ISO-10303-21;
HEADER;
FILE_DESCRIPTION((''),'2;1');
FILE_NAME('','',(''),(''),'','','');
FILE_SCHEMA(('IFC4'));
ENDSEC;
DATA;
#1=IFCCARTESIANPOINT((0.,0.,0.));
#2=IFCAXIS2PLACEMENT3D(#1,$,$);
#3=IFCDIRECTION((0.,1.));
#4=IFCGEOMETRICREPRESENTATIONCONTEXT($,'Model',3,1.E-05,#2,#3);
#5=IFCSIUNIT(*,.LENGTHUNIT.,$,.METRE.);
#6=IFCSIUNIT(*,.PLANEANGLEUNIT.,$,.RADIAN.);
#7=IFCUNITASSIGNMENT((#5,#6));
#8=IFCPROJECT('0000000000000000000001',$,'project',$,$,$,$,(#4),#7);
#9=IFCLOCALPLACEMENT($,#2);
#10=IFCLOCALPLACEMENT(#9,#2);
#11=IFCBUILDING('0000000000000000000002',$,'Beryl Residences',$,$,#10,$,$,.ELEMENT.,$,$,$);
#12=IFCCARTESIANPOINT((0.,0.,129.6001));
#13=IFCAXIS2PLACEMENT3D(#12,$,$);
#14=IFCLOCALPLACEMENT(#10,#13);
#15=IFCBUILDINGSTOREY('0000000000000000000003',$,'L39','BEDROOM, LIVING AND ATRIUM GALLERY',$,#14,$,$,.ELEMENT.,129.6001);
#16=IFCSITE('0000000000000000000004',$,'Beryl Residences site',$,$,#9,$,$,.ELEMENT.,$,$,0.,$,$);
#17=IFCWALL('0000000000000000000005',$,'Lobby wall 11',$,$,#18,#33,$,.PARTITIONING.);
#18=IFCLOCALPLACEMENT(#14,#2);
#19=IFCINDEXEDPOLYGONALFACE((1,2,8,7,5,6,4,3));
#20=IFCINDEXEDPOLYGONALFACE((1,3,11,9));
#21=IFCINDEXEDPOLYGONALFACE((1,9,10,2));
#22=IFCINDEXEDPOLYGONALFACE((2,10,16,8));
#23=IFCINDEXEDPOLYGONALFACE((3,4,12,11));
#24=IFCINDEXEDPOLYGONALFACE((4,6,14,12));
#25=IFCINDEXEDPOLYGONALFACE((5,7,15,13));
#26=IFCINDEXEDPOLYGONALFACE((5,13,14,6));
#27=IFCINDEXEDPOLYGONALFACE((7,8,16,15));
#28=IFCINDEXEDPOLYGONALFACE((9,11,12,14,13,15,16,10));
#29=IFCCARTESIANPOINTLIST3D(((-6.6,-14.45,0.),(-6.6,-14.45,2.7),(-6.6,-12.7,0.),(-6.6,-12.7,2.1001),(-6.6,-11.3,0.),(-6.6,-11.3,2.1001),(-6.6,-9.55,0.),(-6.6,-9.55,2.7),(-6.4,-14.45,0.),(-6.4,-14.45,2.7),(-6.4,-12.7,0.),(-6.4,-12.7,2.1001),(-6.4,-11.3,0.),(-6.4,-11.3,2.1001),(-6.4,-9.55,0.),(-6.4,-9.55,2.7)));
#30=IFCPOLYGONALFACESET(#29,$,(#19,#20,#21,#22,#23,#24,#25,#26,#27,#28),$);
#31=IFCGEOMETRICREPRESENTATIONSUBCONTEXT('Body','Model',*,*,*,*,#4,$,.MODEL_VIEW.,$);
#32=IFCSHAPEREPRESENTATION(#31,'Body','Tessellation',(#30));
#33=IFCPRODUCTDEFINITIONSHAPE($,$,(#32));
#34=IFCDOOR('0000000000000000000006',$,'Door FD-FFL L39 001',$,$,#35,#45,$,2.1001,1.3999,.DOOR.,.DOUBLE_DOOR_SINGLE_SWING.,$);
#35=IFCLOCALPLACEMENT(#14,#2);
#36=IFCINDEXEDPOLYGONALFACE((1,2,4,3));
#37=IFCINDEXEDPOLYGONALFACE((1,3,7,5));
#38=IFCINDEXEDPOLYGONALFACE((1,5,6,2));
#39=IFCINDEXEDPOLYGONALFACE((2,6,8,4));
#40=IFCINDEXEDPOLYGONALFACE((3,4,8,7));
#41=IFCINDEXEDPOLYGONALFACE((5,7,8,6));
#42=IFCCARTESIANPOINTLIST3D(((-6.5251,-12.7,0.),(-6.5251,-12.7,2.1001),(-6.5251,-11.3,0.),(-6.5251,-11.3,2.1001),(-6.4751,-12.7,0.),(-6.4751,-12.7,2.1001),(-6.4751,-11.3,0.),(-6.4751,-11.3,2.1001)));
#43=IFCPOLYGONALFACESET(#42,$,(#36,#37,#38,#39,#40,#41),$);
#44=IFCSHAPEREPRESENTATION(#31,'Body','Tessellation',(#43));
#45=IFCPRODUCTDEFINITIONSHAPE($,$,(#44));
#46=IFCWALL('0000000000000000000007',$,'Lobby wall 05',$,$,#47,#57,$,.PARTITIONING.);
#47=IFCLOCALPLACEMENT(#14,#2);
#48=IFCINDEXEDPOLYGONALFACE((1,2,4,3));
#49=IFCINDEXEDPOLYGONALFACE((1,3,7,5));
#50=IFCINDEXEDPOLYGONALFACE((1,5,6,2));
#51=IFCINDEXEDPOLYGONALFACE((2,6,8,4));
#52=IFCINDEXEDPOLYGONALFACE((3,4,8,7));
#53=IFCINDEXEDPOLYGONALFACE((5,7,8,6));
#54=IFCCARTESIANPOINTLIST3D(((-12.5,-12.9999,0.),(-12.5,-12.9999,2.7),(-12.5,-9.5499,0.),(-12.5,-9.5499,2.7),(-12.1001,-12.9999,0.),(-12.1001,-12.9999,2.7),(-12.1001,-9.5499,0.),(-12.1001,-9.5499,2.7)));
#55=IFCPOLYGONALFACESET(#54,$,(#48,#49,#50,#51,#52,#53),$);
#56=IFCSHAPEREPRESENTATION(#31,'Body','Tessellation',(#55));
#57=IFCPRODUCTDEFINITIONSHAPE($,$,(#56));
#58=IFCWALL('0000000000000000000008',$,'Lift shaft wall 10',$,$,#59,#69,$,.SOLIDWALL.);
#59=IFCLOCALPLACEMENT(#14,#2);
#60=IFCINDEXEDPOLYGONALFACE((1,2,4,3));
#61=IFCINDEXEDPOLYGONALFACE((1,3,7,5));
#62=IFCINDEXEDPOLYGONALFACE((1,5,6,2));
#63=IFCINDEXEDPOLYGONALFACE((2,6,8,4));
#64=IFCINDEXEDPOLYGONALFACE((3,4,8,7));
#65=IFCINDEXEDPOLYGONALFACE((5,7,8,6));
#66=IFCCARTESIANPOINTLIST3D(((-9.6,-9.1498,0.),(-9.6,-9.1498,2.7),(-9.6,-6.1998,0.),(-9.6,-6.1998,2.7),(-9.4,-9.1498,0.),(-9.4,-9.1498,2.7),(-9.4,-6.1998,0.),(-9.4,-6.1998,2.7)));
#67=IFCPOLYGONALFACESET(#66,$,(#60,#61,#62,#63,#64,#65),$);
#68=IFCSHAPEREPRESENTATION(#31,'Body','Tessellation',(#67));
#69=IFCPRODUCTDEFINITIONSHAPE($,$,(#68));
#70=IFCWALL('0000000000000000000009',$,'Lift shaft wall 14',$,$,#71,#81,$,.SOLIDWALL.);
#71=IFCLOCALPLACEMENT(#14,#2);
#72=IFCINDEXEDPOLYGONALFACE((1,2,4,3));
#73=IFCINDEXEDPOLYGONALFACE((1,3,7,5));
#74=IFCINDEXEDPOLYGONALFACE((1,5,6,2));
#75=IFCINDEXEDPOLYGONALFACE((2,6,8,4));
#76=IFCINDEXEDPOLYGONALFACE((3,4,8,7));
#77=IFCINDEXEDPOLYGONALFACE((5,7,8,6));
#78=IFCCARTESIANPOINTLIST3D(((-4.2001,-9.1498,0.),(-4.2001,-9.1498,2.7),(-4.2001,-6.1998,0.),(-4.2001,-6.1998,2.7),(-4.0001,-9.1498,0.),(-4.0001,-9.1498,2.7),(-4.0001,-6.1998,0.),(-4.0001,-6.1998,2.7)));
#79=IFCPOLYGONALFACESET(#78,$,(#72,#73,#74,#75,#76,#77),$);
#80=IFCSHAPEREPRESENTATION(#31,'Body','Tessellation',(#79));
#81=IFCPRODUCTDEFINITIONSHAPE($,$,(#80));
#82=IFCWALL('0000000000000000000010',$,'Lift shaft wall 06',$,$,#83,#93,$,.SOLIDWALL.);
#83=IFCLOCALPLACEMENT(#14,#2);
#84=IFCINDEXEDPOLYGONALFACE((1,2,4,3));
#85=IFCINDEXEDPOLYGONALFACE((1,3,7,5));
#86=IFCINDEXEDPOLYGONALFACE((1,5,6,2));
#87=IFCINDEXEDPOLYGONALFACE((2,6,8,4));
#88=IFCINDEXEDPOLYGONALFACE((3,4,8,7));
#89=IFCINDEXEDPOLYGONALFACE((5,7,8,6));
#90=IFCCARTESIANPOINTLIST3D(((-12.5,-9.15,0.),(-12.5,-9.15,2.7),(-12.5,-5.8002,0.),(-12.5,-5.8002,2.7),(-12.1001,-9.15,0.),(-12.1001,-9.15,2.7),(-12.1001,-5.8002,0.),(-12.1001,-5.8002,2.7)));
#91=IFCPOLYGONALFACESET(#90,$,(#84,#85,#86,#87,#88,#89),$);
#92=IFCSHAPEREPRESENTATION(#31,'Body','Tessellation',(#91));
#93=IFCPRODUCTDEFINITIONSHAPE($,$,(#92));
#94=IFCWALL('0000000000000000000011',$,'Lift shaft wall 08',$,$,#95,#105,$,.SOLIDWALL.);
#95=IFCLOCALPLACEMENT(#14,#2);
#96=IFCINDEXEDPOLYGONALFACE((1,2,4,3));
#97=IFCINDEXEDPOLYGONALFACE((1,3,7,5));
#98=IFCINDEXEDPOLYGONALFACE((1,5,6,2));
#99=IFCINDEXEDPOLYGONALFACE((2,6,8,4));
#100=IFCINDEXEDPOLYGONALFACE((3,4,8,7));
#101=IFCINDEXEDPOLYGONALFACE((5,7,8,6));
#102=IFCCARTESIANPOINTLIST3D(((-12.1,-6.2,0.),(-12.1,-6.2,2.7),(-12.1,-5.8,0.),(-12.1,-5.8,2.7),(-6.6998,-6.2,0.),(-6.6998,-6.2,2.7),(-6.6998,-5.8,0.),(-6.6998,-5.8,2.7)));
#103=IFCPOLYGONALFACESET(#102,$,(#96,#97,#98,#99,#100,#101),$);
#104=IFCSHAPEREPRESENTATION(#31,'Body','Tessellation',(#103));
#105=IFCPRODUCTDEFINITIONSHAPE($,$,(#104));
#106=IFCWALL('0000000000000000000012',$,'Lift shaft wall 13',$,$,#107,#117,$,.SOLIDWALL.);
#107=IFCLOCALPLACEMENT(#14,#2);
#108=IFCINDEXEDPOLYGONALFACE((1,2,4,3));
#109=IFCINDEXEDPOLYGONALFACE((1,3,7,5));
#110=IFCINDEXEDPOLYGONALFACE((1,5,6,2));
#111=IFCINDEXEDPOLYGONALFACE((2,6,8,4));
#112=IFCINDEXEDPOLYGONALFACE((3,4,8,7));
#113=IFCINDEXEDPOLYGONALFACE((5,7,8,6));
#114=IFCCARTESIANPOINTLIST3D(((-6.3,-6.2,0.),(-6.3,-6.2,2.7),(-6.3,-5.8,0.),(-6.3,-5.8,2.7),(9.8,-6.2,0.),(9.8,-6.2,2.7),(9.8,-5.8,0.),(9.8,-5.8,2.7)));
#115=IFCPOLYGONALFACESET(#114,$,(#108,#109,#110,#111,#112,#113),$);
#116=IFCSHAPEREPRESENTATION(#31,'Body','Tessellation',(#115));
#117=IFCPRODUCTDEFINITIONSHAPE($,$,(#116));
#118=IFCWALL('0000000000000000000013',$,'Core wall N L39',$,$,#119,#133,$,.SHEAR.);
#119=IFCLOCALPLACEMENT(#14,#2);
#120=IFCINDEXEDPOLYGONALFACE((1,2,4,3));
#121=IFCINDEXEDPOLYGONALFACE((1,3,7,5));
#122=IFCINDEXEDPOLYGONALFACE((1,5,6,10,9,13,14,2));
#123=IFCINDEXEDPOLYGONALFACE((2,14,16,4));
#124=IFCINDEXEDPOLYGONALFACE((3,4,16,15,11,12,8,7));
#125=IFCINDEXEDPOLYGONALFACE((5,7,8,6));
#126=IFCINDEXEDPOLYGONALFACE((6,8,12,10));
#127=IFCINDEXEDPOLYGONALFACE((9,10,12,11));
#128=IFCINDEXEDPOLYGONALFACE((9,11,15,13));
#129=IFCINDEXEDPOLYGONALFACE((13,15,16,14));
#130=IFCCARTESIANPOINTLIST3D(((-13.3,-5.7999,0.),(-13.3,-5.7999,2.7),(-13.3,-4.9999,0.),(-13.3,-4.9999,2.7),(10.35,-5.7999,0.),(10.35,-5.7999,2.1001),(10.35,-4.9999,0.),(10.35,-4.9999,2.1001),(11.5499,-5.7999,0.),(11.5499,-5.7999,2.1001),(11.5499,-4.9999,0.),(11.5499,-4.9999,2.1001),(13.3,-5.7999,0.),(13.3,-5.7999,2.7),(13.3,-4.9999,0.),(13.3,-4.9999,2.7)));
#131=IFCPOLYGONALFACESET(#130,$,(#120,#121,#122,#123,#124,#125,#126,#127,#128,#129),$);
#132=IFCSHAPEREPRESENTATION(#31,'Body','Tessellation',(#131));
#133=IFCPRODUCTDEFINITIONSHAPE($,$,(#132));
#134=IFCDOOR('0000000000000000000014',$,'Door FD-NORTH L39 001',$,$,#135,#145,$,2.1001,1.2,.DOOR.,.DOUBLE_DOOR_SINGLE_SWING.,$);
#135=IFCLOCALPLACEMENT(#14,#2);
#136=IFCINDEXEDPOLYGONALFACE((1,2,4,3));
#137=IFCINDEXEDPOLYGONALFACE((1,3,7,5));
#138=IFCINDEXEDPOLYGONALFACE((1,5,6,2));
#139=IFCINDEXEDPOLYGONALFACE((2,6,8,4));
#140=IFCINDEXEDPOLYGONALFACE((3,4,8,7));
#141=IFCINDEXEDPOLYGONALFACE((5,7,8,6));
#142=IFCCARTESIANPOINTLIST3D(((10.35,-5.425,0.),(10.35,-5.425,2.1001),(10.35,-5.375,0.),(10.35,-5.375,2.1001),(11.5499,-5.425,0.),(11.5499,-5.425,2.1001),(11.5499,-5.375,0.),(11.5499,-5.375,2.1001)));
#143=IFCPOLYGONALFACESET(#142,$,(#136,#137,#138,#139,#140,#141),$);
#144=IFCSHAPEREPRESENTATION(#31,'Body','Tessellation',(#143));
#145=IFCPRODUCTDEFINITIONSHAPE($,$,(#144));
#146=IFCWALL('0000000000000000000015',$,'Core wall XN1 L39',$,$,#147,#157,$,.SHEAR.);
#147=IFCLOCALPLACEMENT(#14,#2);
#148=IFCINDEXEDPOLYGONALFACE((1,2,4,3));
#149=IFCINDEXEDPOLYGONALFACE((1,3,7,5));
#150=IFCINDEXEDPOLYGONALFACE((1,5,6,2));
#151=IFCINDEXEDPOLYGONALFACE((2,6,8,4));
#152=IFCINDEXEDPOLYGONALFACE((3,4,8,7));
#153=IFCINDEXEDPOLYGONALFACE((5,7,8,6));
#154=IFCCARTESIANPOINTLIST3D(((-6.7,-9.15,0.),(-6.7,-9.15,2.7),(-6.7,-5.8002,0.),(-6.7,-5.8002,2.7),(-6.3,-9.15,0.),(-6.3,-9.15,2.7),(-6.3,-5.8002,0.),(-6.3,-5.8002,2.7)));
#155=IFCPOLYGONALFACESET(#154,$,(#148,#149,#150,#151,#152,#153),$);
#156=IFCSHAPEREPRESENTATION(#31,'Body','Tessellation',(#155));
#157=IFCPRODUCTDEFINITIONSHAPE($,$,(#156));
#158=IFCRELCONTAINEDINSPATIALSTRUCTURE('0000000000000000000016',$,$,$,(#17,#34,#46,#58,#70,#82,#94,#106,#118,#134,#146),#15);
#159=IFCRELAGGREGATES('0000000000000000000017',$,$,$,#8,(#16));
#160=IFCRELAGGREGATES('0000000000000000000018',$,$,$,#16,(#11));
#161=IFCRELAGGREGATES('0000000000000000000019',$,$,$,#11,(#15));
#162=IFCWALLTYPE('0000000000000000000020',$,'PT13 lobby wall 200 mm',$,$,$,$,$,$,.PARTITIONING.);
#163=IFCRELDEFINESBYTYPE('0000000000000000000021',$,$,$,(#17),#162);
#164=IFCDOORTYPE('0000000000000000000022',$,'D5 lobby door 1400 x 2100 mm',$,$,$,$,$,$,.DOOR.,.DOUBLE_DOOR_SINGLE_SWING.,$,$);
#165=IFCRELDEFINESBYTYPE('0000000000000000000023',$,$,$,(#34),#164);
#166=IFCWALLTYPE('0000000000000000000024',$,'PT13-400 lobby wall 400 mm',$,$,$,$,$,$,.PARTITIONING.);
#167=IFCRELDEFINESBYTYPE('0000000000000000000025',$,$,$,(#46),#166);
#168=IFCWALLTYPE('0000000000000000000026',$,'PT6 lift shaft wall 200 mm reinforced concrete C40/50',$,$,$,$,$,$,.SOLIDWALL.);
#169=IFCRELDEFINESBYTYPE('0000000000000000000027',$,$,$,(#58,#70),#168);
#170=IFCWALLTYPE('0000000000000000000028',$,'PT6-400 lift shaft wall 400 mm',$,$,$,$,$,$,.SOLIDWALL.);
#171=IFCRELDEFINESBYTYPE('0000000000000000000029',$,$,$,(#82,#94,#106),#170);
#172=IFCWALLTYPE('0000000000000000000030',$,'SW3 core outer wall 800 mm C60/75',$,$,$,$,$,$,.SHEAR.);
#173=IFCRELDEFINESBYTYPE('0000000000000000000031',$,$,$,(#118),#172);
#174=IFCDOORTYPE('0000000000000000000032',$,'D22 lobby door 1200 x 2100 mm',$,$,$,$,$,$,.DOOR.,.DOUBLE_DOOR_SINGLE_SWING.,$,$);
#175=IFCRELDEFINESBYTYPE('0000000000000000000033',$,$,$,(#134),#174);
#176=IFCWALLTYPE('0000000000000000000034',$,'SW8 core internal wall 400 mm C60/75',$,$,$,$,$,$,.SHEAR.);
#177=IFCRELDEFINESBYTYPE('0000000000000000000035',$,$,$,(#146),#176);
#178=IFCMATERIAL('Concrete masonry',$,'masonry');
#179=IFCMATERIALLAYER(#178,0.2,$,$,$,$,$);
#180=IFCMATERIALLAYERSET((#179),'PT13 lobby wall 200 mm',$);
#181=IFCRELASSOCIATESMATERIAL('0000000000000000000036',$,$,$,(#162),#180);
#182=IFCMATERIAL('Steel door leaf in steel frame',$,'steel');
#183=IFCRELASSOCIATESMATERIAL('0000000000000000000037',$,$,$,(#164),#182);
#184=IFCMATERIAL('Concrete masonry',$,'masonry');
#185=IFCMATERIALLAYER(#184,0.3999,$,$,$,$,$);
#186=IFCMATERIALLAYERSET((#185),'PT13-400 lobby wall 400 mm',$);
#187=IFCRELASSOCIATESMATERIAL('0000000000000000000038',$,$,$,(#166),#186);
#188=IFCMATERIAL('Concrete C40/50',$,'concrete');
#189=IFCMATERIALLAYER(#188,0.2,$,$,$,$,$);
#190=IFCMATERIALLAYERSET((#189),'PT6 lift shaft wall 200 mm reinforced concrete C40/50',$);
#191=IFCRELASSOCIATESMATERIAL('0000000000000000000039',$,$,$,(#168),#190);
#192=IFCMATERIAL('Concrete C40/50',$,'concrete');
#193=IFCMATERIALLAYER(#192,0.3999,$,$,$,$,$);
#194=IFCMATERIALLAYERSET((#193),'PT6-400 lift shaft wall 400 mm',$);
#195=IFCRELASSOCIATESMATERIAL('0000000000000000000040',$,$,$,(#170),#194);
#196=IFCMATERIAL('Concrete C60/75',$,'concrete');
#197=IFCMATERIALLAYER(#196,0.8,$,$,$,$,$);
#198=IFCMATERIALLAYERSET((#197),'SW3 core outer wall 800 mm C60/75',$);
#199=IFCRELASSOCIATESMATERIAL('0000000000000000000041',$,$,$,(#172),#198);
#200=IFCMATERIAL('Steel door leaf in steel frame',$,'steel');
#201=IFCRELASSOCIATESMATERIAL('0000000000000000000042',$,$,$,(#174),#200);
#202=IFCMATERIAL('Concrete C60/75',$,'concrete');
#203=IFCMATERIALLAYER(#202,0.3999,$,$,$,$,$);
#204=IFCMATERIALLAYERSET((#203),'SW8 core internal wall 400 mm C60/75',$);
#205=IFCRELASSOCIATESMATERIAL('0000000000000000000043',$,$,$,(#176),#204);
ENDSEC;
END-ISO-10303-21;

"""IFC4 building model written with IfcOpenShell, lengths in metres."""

from ifc_helpers import new_model, si_unit, direction, frame, frame_2d, origin, place, context, subcontext, project, spatial, rectangle, extrude, material, layer, layer_set, type_object, element, fill, save


model = new_model("IFC4")

# Units and contexts
model_context = context("Model", 3, precision=1e-05, world=origin(), true_north=direction((0.0, 1.0)))
body_context = subcontext(model_context, "Body", "Model", "MODEL_VIEW")
ifc_project = project(units=[si_unit("LENGTHUNIT", "METRE"), si_unit("PLANEANGLEUNIT", "RADIAN")], contexts=[model_context])

# Site, building, storey
site_placement = place(None, origin())
site = spatial("IfcSite", under=ifc_project, at=site_placement, Name="Beryl Residences site", CompositionType="ELEMENT", RefElevation=0.0)
building_placement = place(site_placement, origin())
building = spatial("IfcBuilding", under=site, at=building_placement, Name="Beryl Residences", CompositionType="ELEMENT")
storey_placement = place(building_placement, frame((0.0, 0.0, 129.6001)))
storey = spatial("IfcBuildingStorey", under=building, at=storey_placement, Name="L39", Description="BEDROOM, LIVING AND ATRIUM GALLERY", CompositionType="ELEMENT", Elevation=129.6001)

# Wall, opening, door
ifc_material_1 = material(Name="Concrete masonry", Category="masonry")
ifc_layer_1 = layer(ifc_material_1, 0.2)
ifc_layer_set_1 = layer_set([ifc_layer_1], Name="PT13 lobby wall 200 mm")
wall_type_1 = type_object("IfcWallType", Name="PT13 lobby wall 200 mm", PredefinedType="PARTITIONING", material=ifc_layer_set_1)
wall_1_placement = place(storey_placement, frame((-6.5, -14.45, 0.0), z_axis=(0.0, 0.0, 1.0), x_axis=(0.0, 1.0, 0.0)))
wall_1 = element("IfcWall", 1, at=wall_1_placement, inside=storey, type_object=wall_type_1, Name="Lobby wall 11", PredefinedType="PARTITIONING", context=body_context, shape_type="SweptSolid", body=[
    extrude(rectangle(XDim=4.8999, YDim=0.2, at=frame_2d((2.45, 0.0))), origin(), (0.0, 0.0, 1.0), 2.7),
])
opening_1_placement = place(wall_1_placement, frame((3.1499, 0.0, 0.0), z_axis=(0.0, 0.0, 1.0), x_axis=(-1.0, 0.0, 0.0)))
opening_1 = element("IfcOpeningElement", 2, at=opening_1_placement, cuts=wall_1, PredefinedType="OPENING", context=body_context, shape_type="SweptSolid", body=[
    extrude(rectangle(XDim=1.3999, YDim=2.1001, at=frame_2d((0.7, 1.05))), frame((0.0, 0.1099, 0.0), z_axis=(0.0, -1.0, 0.0), x_axis=(1.0, 0.0, 0.0)), (0.0, 0.0, 1.0), 0.22),
])
ifc_material_2 = material(Name="Steel door leaf in steel frame", Category="steel")
door_type_1 = type_object("IfcDoorType", Name="D5 lobby door 1400 x 2100 mm", OperationType="DOUBLE_DOOR_SINGLE_SWING", PredefinedType="DOOR", material=ifc_material_2)
door_1_placement = place(opening_1_placement, origin())
door_1 = element("IfcDoor", 3, at=door_1_placement, inside=storey, type_object=door_type_1, Name="Door FD-FFL L39 001", OperationType="DOUBLE_DOOR_SINGLE_SWING", OverallHeight=2.1001, OverallWidth=1.3999, PredefinedType="DOOR", context=body_context, shape_type="SweptSolid", body=[
    extrude(rectangle(XDim=1.3999, YDim=2.1001, at=frame_2d((0.7, 1.05))), frame((0.0, 0.0249, 0.0), z_axis=(0.0, -1.0, 0.0), x_axis=(1.0, 0.0, 0.0)), (0.0, 0.0, 1.0), 0.05),
])
fill(opening_1, door_1)

# Walls
ifc_material_3 = material(Name="Concrete masonry", Category="masonry")
ifc_layer_2 = layer(ifc_material_3, 0.3999)
ifc_layer_set_2 = layer_set([ifc_layer_2], Name="PT13-400 lobby wall 400 mm")
wall_type_2 = type_object("IfcWallType", Name="PT13-400 lobby wall 400 mm", PredefinedType="PARTITIONING", material=ifc_layer_set_2)
wall_2_placement = place(storey_placement, frame((-12.3, -13.0, 0.0), z_axis=(0.0, 0.0, 1.0), x_axis=(0.0, 1.0, 0.0)))
element("IfcWall", 4, at=wall_2_placement, inside=storey, type_object=wall_type_2, Name="Lobby wall 05", PredefinedType="PARTITIONING", context=body_context, shape_type="SweptSolid", body=[
    extrude(rectangle(XDim=3.45, YDim=0.3999, at=frame_2d((1.7251, 0.0))), origin(), (0.0, 0.0, 1.0), 2.7),
])
ifc_material_4 = material(Name="Concrete C40/50", Category="concrete")
ifc_layer_3 = layer(ifc_material_4, 0.2)
ifc_layer_set_3 = layer_set([ifc_layer_3], Name="PT6 lift shaft wall 200 mm reinforced concrete C40/50")
wall_type_3 = type_object("IfcWallType", Name="PT6 lift shaft wall 200 mm reinforced concrete C40/50", PredefinedType="SOLIDWALL", material=ifc_layer_set_3)
for number, where, z_axis, x_axis, name in (
    (5, (-9.5, -9.1499, 0.0), (0.0, 0.0, 1.0), (0.0, 1.0, 0.0), "Lift shaft wall 10"),
    (6, (-4.1001, -9.1499, 0.0), (0.0, 0.0, 1.0), (0.0, 1.0, 0.0), "Lift shaft wall 14"),
):
    element("IfcWall", number, at=place(storey_placement, frame(where, z_axis=z_axis, x_axis=x_axis)), inside=storey, type_object=wall_type_3, Name=name, PredefinedType="SOLIDWALL", context=body_context, shape_type="SweptSolid", body=[
        extrude(rectangle(XDim=2.95, YDim=0.2, at=frame_2d((1.4751, 0.0))), origin(), (0.0, 0.0, 1.0), 2.7),
    ])
ifc_material_5 = material(Name="Concrete C40/50", Category="concrete")
ifc_layer_4 = layer(ifc_material_5, 0.3999)
ifc_layer_set_4 = layer_set([ifc_layer_4], Name="PT6-400 lift shaft wall 400 mm")
wall_type_4 = type_object("IfcWallType", Name="PT6-400 lift shaft wall 400 mm", PredefinedType="SOLIDWALL", material=ifc_layer_set_4)
wall_3_placement = place(storey_placement, frame((-12.3, -9.1499, 0.0), z_axis=(0.0, 0.0, 1.0), x_axis=(0.0, 1.0, 0.0)))
element("IfcWall", 7, at=wall_3_placement, inside=storey, type_object=wall_type_4, Name="Lift shaft wall 06", PredefinedType="SOLIDWALL", context=body_context, shape_type="SweptSolid", body=[
    extrude(rectangle(XDim=3.3499, YDim=0.3999, at=frame_2d((1.6748, 0.0))), origin(), (0.0, 0.0, 1.0), 2.7),
])
wall_4_placement = place(storey_placement, frame((-12.1001, -6.0, 0.0), z_axis=(0.0, 0.0, 1.0), x_axis=(1.0, 0.0, 0.0)))
element("IfcWall", 8, at=wall_4_placement, inside=storey, type_object=wall_type_4, Name="Lift shaft wall 08", PredefinedType="SOLIDWALL", context=body_context, shape_type="SweptSolid", body=[
    extrude(rectangle(XDim=5.4001, YDim=0.3999, at=frame_2d((2.7002, 0.0))), origin(), (0.0, 0.0, 1.0), 2.7),
])
wall_5_placement = place(storey_placement, frame((-6.3, -6.0, 0.0), z_axis=(0.0, 0.0, 1.0), x_axis=(1.0, 0.0, 0.0)))
element("IfcWall", 9, at=wall_5_placement, inside=storey, type_object=wall_type_4, Name="Lift shaft wall 13", PredefinedType="SOLIDWALL", context=body_context, shape_type="SweptSolid", body=[
    extrude(rectangle(XDim=16.1001, YDim=0.3999, at=frame_2d((8.05, 0.0))), origin(), (0.0, 0.0, 1.0), 2.7),
])

# Wall, opening, door
ifc_material_6 = material(Name="Concrete C60/75", Category="concrete")
ifc_layer_5 = layer(ifc_material_6, 0.8)
ifc_layer_set_5 = layer_set([ifc_layer_5], Name="SW3 core outer wall 800 mm C60/75")
wall_type_5 = type_object("IfcWallType", Name="SW3 core outer wall 800 mm C60/75", PredefinedType="SHEAR", material=ifc_layer_set_5)
wall_6_placement = place(storey_placement, frame((-13.3, -5.3999, 0.0), z_axis=(0.0, 0.0, 1.0), x_axis=(1.0, 0.0, 0.0)))
wall_6 = element("IfcWall", 10, at=wall_6_placement, inside=storey, type_object=wall_type_5, Name="Core wall N L39", PredefinedType="SHEAR", context=body_context, shape_type="SweptSolid", body=[
    extrude(rectangle(XDim=26.6001, YDim=0.8, at=frame_2d((13.3, 0.0))), origin(), (0.0, 0.0, 1.0), 2.7),
])
opening_2_placement = place(wall_6_placement, frame((23.6499, 0.0, 0.0)))
opening_2 = element("IfcOpeningElement", 11, at=opening_2_placement, cuts=wall_6, PredefinedType="OPENING", context=body_context, shape_type="SweptSolid", body=[
    extrude(rectangle(XDim=1.2, YDim=2.1001, at=frame_2d((0.6001, 1.05))), frame((0.0, 0.4099, 0.0), z_axis=(0.0, -1.0, 0.0), x_axis=(1.0, 0.0, 0.0)), (0.0, 0.0, 1.0), 0.8201),
])
ifc_material_7 = material(Name="Steel door leaf in steel frame", Category="steel")
door_type_2 = type_object("IfcDoorType", Name="D22 lobby door 1200 x 2100 mm", OperationType="DOUBLE_DOOR_SINGLE_SWING", PredefinedType="DOOR", material=ifc_material_7)
door_2_placement = place(opening_2_placement, origin())
door_2 = element("IfcDoor", 12, at=door_2_placement, inside=storey, type_object=door_type_2, Name="Door FD-NORTH L39 001", OperationType="DOUBLE_DOOR_SINGLE_SWING", OverallHeight=2.1001, OverallWidth=1.2, PredefinedType="DOOR", context=body_context, shape_type="SweptSolid", body=[
    extrude(rectangle(XDim=1.2, YDim=2.1001, at=frame_2d((0.6001, 1.05))), frame((0.0, 0.0249, 0.0), z_axis=(0.0, -1.0, 0.0), x_axis=(1.0, 0.0, 0.0)), (0.0, 0.0, 1.0), 0.05),
])
fill(opening_2, door_2)

# Shared definitions
ifc_material_8 = material(Name="Concrete C60/75", Category="concrete")
ifc_layer_6 = layer(ifc_material_8, 0.3999)
ifc_layer_set_6 = layer_set([ifc_layer_6], Name="SW8 core internal wall 400 mm C60/75")
wall_type_6 = type_object("IfcWallType", Name="SW8 core internal wall 400 mm C60/75", PredefinedType="SHEAR", material=ifc_layer_set_6)

# Wall
wall_7_placement = place(storey_placement, frame((-6.5, -9.1499, 0.0), z_axis=(0.0, 0.0, 1.0), x_axis=(0.0, 1.0, 0.0)))
element("IfcWall", 13, at=wall_7_placement, inside=storey, type_object=wall_type_6, Name="Core wall XN1 L39", PredefinedType="SHEAR", context=body_context, shape_type="SweptSolid", body=[
    extrude(rectangle(XDim=3.3499, YDim=0.3999, at=frame_2d((1.6748, 0.0))), origin(), (0.0, 0.0, 1.0), 2.7),
])

save(model, "model.ifc")
